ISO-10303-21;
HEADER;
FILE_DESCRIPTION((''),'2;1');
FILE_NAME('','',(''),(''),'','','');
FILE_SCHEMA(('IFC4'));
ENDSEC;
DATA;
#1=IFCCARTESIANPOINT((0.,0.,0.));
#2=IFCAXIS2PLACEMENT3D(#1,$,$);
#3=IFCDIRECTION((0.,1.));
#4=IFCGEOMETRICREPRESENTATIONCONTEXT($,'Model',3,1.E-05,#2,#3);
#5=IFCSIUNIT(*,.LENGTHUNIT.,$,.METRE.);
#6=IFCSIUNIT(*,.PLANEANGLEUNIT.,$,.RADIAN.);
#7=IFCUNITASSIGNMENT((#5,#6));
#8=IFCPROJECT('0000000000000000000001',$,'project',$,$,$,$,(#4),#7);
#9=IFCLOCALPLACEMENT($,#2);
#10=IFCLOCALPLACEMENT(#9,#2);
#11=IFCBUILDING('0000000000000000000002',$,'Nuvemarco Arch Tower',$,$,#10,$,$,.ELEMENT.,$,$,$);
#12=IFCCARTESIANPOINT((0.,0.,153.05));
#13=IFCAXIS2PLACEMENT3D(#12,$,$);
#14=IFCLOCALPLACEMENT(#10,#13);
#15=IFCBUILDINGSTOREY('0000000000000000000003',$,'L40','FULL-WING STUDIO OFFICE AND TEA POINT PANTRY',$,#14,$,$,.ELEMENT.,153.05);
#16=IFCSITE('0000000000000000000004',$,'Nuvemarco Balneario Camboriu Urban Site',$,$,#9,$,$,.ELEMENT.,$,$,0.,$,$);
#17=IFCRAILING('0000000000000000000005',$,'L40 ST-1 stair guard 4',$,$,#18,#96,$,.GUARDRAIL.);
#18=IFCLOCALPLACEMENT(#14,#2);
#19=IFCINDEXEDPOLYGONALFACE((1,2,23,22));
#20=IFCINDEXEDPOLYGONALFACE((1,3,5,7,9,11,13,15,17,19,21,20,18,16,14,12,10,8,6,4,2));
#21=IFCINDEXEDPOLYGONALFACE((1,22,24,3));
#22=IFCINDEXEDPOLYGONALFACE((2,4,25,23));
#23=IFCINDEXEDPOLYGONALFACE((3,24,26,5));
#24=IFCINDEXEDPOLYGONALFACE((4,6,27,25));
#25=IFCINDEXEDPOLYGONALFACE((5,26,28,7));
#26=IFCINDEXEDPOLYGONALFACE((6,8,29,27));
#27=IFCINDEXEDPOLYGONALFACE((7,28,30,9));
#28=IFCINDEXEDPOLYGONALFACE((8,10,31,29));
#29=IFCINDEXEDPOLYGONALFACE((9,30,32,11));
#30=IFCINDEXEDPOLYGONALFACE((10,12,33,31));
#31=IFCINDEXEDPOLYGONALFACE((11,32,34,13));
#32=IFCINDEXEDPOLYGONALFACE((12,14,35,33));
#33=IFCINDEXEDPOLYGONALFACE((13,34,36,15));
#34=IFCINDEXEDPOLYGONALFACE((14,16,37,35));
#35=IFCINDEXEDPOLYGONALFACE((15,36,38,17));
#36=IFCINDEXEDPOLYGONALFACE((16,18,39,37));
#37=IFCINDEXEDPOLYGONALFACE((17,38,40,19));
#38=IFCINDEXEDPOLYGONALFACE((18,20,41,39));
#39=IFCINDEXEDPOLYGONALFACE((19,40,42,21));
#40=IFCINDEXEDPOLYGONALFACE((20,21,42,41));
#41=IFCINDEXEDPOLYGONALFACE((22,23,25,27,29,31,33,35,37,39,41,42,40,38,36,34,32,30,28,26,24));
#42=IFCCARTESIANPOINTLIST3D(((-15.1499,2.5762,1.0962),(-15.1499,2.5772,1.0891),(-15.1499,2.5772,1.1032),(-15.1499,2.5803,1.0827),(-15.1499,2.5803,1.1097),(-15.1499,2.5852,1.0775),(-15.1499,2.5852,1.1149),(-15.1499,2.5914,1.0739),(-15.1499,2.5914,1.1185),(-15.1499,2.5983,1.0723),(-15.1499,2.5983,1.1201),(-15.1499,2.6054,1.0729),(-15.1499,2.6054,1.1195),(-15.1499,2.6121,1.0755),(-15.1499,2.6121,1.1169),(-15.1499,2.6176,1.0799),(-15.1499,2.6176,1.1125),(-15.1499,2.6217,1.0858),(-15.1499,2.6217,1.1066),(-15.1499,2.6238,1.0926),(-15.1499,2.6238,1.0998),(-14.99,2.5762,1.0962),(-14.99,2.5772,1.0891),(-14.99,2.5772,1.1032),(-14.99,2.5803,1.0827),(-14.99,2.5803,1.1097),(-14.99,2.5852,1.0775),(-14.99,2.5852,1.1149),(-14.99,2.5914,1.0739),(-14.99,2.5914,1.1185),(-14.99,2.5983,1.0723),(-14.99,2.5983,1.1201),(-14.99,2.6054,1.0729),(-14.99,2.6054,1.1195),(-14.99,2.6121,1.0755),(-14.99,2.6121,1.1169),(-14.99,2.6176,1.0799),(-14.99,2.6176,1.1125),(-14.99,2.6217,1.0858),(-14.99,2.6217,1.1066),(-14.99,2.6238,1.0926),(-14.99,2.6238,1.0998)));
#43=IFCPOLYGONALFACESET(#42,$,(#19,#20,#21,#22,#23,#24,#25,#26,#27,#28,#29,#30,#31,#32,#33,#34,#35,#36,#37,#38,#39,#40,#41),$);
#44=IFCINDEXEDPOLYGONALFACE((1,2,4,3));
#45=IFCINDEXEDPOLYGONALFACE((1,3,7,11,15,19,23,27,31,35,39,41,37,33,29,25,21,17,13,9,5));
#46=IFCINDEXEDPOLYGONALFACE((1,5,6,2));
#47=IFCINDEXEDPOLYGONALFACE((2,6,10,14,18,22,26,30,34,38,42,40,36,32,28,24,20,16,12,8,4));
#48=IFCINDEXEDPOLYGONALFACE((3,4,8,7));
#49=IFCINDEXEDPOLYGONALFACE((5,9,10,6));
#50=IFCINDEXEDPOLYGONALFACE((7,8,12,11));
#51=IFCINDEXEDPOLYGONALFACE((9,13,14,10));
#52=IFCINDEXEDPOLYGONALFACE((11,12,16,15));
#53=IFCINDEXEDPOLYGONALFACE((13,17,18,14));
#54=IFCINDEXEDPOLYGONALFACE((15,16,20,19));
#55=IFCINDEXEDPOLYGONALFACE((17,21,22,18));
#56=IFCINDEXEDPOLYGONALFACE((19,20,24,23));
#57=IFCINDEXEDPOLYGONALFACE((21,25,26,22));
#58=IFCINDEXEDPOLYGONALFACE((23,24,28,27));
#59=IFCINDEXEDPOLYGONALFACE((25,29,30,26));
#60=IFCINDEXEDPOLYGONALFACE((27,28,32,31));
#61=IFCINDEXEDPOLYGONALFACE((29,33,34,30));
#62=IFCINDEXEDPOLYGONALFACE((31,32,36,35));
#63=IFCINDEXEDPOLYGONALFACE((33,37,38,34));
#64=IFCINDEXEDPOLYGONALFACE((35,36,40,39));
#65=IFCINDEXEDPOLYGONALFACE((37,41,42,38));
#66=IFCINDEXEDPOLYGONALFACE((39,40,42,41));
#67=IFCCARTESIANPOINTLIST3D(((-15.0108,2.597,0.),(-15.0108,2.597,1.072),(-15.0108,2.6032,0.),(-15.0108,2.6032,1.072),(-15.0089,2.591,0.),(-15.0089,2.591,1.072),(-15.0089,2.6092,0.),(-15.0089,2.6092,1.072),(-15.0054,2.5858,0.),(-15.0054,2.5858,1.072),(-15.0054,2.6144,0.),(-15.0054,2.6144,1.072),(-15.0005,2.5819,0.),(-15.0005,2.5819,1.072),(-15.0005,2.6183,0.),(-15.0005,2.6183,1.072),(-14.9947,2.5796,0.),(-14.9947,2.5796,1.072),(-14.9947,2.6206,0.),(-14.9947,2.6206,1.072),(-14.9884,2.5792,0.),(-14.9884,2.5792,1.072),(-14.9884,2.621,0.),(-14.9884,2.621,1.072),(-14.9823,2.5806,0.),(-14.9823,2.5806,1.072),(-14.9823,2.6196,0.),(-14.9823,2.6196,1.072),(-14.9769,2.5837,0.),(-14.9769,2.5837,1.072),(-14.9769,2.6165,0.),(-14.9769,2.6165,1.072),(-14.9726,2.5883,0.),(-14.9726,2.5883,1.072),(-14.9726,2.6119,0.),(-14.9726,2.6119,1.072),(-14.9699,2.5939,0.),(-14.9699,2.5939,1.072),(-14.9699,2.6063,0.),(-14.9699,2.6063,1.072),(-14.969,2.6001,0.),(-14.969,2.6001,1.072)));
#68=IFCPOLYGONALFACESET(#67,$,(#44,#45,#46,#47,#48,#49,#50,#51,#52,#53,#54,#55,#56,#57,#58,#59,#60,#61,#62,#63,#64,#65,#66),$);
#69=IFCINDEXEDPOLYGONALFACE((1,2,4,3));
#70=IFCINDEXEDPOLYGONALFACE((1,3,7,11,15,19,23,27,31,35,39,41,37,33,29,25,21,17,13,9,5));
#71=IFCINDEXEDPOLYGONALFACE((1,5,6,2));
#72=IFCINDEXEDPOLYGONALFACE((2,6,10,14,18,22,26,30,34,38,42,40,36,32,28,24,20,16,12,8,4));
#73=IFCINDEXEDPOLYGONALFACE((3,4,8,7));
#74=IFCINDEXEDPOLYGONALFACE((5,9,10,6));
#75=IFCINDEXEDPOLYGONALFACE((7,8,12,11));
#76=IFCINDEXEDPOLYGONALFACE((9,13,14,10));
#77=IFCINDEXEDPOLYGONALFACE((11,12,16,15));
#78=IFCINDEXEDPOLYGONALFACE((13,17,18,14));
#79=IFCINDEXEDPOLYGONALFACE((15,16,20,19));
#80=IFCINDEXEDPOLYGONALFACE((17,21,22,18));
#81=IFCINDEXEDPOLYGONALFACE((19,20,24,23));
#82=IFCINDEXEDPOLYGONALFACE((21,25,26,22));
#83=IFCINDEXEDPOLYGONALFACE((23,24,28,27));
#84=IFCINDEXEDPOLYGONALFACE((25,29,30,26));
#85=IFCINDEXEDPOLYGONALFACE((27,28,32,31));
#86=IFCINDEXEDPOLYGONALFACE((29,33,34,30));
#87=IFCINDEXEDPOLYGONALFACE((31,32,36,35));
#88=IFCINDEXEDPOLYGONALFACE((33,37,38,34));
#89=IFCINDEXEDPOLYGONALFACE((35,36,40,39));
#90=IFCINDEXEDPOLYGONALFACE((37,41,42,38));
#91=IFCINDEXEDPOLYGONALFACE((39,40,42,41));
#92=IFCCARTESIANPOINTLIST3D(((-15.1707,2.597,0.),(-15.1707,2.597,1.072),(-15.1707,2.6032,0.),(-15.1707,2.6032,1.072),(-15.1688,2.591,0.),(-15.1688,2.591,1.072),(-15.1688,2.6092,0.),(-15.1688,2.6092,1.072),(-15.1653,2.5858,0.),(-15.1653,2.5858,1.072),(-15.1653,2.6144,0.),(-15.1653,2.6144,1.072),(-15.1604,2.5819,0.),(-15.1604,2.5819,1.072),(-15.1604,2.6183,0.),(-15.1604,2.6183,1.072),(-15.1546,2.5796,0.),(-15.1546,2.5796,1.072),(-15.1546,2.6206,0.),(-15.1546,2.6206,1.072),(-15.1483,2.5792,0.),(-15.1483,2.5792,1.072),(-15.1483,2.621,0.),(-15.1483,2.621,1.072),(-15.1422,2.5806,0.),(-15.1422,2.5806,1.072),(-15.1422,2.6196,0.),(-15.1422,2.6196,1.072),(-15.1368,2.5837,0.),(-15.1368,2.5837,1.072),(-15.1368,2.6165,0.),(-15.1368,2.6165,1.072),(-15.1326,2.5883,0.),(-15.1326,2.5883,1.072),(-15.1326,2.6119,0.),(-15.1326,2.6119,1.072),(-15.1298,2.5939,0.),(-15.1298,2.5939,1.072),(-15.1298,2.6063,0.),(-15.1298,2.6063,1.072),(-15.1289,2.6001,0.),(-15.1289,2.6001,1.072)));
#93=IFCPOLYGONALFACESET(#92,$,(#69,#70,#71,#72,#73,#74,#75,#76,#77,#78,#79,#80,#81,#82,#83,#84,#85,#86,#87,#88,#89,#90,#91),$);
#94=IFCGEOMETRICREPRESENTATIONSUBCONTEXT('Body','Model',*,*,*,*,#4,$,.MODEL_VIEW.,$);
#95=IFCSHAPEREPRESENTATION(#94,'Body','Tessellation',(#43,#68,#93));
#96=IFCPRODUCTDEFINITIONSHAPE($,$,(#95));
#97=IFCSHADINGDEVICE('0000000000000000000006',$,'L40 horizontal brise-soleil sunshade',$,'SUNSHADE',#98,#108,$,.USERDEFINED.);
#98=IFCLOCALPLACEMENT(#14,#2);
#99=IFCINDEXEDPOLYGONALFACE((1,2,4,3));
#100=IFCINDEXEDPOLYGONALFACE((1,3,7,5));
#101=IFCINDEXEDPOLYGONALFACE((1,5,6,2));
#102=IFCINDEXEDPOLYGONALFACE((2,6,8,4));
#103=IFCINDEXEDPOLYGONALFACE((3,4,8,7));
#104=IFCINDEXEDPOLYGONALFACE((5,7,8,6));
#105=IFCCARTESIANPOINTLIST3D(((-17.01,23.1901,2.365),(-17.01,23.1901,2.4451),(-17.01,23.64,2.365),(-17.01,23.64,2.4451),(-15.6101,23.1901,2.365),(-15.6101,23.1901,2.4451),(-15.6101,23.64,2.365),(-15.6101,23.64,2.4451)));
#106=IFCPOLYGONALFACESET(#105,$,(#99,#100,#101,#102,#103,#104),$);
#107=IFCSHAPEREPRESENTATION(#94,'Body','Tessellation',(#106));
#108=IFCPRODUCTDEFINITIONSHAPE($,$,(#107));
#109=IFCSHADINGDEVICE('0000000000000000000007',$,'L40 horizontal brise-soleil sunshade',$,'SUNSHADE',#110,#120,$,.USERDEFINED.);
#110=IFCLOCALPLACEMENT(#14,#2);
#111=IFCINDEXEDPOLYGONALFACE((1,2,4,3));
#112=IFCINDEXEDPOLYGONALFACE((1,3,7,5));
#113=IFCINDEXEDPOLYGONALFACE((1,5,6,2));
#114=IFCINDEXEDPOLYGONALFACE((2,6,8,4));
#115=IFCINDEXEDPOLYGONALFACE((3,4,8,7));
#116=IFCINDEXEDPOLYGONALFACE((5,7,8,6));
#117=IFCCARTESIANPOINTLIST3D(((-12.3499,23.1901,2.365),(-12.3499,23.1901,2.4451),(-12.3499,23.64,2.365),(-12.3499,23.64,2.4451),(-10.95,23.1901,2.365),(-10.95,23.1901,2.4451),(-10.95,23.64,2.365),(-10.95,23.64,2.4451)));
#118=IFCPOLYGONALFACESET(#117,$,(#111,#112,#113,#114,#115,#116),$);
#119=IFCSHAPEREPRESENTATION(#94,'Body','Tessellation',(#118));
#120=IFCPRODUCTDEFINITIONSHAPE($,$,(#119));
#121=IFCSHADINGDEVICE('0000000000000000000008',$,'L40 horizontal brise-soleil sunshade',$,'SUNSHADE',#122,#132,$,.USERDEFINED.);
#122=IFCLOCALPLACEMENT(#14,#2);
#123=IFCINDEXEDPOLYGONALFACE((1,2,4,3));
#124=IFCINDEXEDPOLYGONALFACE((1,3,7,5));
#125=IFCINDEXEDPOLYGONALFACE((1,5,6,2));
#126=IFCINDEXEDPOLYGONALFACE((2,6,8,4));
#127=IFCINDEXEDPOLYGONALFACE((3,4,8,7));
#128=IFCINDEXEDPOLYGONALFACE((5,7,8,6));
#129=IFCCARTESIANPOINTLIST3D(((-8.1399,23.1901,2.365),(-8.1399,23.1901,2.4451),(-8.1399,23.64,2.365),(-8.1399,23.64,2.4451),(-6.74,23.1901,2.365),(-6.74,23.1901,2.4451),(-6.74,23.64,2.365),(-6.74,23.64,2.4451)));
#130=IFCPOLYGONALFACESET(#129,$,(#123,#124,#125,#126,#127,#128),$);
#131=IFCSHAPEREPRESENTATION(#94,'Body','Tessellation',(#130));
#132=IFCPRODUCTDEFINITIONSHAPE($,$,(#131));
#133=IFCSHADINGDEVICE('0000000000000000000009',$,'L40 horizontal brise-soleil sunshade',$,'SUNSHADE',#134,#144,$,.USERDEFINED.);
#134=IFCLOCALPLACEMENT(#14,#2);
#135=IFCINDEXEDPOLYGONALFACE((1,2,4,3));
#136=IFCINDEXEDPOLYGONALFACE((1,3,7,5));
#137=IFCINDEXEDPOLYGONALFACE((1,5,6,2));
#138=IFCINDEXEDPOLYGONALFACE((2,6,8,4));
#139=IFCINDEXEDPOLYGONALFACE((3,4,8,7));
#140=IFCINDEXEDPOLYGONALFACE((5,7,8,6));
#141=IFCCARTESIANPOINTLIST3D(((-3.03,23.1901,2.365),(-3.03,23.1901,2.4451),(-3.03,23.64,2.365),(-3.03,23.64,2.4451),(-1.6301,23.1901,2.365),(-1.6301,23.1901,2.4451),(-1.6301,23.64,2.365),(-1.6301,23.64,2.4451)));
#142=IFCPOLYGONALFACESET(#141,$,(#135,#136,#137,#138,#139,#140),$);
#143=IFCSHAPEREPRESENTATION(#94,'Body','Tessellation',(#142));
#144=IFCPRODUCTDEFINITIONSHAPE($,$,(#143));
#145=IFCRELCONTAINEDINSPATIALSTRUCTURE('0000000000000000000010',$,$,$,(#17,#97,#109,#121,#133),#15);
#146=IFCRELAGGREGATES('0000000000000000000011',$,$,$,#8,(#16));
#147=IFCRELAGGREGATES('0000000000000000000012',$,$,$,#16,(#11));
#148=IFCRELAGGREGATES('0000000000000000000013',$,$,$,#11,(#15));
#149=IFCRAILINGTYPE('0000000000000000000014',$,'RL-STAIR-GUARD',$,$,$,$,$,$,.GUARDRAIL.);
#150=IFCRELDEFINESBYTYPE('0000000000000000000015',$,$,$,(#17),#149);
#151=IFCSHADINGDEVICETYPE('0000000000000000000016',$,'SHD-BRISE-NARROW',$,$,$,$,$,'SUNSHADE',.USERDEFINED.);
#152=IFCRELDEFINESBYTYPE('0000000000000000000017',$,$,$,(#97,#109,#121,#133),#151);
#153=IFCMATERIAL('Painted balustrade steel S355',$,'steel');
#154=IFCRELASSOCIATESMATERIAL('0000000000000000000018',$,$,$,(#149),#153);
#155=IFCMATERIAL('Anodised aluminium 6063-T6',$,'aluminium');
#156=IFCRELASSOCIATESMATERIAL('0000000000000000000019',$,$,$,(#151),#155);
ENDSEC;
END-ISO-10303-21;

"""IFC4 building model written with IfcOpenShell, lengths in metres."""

from ifc_helpers import new_model, si_unit, direction, frame, origin, origin_2d, place, context, subcontext, project, spatial, rectangle, circle, extrude, source, transform, mapped, material, type_object, type_shapes, element, save


model = new_model("IFC4")

# Units and contexts
model_context = context("Model", 3, precision=1e-05, world=origin(), true_north=direction((0.0, 1.0)))
body_context = subcontext(model_context, "Body", "Model", "MODEL_VIEW")
ifc_project = project(units=[si_unit("LENGTHUNIT", "METRE"), si_unit("PLANEANGLEUNIT", "RADIAN")], contexts=[model_context])

# Site, building, storey
site_placement = place(None, origin())
site = spatial("IfcSite", under=ifc_project, at=site_placement, Name="Nuvemarco Balneario Camboriu Urban Site", CompositionType="ELEMENT", RefElevation=0.0)
building_placement = place(site_placement, origin())
building = spatial("IfcBuilding", under=site, at=building_placement, Name="Nuvemarco Arch Tower", CompositionType="ELEMENT")
storey_placement = place(building_placement, frame((0.0, 0.0, 153.05)))
storey = spatial("IfcBuildingStorey", under=building, at=storey_placement, Name="L40", Description="FULL-WING STUDIO OFFICE AND TEA POINT PANTRY", CompositionType="ELEMENT", Elevation=153.05)

# Railing
ifc_material_1 = material(Name="Painted balustrade steel S355", Category="steel")
railing_type_1 = type_object("IfcRailingType", Name="RL-STAIR-GUARD", PredefinedType="GUARDRAIL", material=ifc_material_1)
railing_1_placement = place(storey_placement, frame((-14.99, 2.6001, 0.0)))
element("IfcRailing", 1, at=railing_1_placement, inside=storey, type_object=railing_type_1, Name="L40 ST-1 stair guard 4", PredefinedType="GUARDRAIL", context=body_context, shape_type="SweptSolid", body=[
    extrude(circle(Radius=0.0239, at=origin_2d()), frame((0.0, 0.0, 1.0962), z_axis=(-1.0, 0.0, 0.0), x_axis=(0.0, -1.0, 0.0)), (0.0, 0.0, 1.0), 0.1599),
    extrude(circle(Radius=0.021, at=origin_2d()), origin(), (0.0, 0.0, 1.0), 1.072),
    extrude(circle(Radius=0.021, at=origin_2d()), frame((-0.1599, 0.0, 0.0)), (0.0, 0.0, 1.0), 1.072),
])

# Shading devices
ifc_material_2 = material(Name="Anodised aluminium 6063-T6", Category="aluminium")
shading_device_type = type_object("IfcShadingDeviceType", Name="SHD-BRISE-NARROW", ElementType="SUNSHADE", PredefinedType="USERDEFINED", material=ifc_material_2)
shared_shape_1 = source(origin(), body_context, "Body", "SweptSolid", [
    extrude(rectangle(XDim=1.3999, YDim=0.45, at=origin_2d()), origin(), (0.0, 0.0, 1.0), 0.0801),
])
type_shapes(shading_device_type, [shared_shape_1])
for number, where, z_axis, x_axis, name in (
    (2, (-16.3101, 23.415, 2.365), (0.0, 0.0, 1.0), (1.0, 0.0, 0.0), "L40 horizontal brise-soleil sunshade"),
    (3, (-11.6499, 23.415, 2.365), (0.0, 0.0, 1.0), (1.0, 0.0, 0.0), "L40 horizontal brise-soleil sunshade"),
    (4, (-7.4399, 23.415, 2.365), (0.0, 0.0, 1.0), (1.0, 0.0, 0.0), "L40 horizontal brise-soleil sunshade"),
    (5, (-2.3301, 23.415, 2.365), (0.0, 0.0, 1.0), (1.0, 0.0, 0.0), "L40 horizontal brise-soleil sunshade"),
):
    element("IfcShadingDevice", number, at=place(storey_placement, frame(where, z_axis=z_axis, x_axis=x_axis)), inside=storey, type_object=shading_device_type, Name=name, ObjectType="SUNSHADE", PredefinedType="USERDEFINED", context=body_context, shape_type="MappedRepresentation", body=[
        mapped(shared_shape_1, transform((0.0, 0.0, 0.0), scale=1.0)),
    ])

save(model, "model.ifc")
